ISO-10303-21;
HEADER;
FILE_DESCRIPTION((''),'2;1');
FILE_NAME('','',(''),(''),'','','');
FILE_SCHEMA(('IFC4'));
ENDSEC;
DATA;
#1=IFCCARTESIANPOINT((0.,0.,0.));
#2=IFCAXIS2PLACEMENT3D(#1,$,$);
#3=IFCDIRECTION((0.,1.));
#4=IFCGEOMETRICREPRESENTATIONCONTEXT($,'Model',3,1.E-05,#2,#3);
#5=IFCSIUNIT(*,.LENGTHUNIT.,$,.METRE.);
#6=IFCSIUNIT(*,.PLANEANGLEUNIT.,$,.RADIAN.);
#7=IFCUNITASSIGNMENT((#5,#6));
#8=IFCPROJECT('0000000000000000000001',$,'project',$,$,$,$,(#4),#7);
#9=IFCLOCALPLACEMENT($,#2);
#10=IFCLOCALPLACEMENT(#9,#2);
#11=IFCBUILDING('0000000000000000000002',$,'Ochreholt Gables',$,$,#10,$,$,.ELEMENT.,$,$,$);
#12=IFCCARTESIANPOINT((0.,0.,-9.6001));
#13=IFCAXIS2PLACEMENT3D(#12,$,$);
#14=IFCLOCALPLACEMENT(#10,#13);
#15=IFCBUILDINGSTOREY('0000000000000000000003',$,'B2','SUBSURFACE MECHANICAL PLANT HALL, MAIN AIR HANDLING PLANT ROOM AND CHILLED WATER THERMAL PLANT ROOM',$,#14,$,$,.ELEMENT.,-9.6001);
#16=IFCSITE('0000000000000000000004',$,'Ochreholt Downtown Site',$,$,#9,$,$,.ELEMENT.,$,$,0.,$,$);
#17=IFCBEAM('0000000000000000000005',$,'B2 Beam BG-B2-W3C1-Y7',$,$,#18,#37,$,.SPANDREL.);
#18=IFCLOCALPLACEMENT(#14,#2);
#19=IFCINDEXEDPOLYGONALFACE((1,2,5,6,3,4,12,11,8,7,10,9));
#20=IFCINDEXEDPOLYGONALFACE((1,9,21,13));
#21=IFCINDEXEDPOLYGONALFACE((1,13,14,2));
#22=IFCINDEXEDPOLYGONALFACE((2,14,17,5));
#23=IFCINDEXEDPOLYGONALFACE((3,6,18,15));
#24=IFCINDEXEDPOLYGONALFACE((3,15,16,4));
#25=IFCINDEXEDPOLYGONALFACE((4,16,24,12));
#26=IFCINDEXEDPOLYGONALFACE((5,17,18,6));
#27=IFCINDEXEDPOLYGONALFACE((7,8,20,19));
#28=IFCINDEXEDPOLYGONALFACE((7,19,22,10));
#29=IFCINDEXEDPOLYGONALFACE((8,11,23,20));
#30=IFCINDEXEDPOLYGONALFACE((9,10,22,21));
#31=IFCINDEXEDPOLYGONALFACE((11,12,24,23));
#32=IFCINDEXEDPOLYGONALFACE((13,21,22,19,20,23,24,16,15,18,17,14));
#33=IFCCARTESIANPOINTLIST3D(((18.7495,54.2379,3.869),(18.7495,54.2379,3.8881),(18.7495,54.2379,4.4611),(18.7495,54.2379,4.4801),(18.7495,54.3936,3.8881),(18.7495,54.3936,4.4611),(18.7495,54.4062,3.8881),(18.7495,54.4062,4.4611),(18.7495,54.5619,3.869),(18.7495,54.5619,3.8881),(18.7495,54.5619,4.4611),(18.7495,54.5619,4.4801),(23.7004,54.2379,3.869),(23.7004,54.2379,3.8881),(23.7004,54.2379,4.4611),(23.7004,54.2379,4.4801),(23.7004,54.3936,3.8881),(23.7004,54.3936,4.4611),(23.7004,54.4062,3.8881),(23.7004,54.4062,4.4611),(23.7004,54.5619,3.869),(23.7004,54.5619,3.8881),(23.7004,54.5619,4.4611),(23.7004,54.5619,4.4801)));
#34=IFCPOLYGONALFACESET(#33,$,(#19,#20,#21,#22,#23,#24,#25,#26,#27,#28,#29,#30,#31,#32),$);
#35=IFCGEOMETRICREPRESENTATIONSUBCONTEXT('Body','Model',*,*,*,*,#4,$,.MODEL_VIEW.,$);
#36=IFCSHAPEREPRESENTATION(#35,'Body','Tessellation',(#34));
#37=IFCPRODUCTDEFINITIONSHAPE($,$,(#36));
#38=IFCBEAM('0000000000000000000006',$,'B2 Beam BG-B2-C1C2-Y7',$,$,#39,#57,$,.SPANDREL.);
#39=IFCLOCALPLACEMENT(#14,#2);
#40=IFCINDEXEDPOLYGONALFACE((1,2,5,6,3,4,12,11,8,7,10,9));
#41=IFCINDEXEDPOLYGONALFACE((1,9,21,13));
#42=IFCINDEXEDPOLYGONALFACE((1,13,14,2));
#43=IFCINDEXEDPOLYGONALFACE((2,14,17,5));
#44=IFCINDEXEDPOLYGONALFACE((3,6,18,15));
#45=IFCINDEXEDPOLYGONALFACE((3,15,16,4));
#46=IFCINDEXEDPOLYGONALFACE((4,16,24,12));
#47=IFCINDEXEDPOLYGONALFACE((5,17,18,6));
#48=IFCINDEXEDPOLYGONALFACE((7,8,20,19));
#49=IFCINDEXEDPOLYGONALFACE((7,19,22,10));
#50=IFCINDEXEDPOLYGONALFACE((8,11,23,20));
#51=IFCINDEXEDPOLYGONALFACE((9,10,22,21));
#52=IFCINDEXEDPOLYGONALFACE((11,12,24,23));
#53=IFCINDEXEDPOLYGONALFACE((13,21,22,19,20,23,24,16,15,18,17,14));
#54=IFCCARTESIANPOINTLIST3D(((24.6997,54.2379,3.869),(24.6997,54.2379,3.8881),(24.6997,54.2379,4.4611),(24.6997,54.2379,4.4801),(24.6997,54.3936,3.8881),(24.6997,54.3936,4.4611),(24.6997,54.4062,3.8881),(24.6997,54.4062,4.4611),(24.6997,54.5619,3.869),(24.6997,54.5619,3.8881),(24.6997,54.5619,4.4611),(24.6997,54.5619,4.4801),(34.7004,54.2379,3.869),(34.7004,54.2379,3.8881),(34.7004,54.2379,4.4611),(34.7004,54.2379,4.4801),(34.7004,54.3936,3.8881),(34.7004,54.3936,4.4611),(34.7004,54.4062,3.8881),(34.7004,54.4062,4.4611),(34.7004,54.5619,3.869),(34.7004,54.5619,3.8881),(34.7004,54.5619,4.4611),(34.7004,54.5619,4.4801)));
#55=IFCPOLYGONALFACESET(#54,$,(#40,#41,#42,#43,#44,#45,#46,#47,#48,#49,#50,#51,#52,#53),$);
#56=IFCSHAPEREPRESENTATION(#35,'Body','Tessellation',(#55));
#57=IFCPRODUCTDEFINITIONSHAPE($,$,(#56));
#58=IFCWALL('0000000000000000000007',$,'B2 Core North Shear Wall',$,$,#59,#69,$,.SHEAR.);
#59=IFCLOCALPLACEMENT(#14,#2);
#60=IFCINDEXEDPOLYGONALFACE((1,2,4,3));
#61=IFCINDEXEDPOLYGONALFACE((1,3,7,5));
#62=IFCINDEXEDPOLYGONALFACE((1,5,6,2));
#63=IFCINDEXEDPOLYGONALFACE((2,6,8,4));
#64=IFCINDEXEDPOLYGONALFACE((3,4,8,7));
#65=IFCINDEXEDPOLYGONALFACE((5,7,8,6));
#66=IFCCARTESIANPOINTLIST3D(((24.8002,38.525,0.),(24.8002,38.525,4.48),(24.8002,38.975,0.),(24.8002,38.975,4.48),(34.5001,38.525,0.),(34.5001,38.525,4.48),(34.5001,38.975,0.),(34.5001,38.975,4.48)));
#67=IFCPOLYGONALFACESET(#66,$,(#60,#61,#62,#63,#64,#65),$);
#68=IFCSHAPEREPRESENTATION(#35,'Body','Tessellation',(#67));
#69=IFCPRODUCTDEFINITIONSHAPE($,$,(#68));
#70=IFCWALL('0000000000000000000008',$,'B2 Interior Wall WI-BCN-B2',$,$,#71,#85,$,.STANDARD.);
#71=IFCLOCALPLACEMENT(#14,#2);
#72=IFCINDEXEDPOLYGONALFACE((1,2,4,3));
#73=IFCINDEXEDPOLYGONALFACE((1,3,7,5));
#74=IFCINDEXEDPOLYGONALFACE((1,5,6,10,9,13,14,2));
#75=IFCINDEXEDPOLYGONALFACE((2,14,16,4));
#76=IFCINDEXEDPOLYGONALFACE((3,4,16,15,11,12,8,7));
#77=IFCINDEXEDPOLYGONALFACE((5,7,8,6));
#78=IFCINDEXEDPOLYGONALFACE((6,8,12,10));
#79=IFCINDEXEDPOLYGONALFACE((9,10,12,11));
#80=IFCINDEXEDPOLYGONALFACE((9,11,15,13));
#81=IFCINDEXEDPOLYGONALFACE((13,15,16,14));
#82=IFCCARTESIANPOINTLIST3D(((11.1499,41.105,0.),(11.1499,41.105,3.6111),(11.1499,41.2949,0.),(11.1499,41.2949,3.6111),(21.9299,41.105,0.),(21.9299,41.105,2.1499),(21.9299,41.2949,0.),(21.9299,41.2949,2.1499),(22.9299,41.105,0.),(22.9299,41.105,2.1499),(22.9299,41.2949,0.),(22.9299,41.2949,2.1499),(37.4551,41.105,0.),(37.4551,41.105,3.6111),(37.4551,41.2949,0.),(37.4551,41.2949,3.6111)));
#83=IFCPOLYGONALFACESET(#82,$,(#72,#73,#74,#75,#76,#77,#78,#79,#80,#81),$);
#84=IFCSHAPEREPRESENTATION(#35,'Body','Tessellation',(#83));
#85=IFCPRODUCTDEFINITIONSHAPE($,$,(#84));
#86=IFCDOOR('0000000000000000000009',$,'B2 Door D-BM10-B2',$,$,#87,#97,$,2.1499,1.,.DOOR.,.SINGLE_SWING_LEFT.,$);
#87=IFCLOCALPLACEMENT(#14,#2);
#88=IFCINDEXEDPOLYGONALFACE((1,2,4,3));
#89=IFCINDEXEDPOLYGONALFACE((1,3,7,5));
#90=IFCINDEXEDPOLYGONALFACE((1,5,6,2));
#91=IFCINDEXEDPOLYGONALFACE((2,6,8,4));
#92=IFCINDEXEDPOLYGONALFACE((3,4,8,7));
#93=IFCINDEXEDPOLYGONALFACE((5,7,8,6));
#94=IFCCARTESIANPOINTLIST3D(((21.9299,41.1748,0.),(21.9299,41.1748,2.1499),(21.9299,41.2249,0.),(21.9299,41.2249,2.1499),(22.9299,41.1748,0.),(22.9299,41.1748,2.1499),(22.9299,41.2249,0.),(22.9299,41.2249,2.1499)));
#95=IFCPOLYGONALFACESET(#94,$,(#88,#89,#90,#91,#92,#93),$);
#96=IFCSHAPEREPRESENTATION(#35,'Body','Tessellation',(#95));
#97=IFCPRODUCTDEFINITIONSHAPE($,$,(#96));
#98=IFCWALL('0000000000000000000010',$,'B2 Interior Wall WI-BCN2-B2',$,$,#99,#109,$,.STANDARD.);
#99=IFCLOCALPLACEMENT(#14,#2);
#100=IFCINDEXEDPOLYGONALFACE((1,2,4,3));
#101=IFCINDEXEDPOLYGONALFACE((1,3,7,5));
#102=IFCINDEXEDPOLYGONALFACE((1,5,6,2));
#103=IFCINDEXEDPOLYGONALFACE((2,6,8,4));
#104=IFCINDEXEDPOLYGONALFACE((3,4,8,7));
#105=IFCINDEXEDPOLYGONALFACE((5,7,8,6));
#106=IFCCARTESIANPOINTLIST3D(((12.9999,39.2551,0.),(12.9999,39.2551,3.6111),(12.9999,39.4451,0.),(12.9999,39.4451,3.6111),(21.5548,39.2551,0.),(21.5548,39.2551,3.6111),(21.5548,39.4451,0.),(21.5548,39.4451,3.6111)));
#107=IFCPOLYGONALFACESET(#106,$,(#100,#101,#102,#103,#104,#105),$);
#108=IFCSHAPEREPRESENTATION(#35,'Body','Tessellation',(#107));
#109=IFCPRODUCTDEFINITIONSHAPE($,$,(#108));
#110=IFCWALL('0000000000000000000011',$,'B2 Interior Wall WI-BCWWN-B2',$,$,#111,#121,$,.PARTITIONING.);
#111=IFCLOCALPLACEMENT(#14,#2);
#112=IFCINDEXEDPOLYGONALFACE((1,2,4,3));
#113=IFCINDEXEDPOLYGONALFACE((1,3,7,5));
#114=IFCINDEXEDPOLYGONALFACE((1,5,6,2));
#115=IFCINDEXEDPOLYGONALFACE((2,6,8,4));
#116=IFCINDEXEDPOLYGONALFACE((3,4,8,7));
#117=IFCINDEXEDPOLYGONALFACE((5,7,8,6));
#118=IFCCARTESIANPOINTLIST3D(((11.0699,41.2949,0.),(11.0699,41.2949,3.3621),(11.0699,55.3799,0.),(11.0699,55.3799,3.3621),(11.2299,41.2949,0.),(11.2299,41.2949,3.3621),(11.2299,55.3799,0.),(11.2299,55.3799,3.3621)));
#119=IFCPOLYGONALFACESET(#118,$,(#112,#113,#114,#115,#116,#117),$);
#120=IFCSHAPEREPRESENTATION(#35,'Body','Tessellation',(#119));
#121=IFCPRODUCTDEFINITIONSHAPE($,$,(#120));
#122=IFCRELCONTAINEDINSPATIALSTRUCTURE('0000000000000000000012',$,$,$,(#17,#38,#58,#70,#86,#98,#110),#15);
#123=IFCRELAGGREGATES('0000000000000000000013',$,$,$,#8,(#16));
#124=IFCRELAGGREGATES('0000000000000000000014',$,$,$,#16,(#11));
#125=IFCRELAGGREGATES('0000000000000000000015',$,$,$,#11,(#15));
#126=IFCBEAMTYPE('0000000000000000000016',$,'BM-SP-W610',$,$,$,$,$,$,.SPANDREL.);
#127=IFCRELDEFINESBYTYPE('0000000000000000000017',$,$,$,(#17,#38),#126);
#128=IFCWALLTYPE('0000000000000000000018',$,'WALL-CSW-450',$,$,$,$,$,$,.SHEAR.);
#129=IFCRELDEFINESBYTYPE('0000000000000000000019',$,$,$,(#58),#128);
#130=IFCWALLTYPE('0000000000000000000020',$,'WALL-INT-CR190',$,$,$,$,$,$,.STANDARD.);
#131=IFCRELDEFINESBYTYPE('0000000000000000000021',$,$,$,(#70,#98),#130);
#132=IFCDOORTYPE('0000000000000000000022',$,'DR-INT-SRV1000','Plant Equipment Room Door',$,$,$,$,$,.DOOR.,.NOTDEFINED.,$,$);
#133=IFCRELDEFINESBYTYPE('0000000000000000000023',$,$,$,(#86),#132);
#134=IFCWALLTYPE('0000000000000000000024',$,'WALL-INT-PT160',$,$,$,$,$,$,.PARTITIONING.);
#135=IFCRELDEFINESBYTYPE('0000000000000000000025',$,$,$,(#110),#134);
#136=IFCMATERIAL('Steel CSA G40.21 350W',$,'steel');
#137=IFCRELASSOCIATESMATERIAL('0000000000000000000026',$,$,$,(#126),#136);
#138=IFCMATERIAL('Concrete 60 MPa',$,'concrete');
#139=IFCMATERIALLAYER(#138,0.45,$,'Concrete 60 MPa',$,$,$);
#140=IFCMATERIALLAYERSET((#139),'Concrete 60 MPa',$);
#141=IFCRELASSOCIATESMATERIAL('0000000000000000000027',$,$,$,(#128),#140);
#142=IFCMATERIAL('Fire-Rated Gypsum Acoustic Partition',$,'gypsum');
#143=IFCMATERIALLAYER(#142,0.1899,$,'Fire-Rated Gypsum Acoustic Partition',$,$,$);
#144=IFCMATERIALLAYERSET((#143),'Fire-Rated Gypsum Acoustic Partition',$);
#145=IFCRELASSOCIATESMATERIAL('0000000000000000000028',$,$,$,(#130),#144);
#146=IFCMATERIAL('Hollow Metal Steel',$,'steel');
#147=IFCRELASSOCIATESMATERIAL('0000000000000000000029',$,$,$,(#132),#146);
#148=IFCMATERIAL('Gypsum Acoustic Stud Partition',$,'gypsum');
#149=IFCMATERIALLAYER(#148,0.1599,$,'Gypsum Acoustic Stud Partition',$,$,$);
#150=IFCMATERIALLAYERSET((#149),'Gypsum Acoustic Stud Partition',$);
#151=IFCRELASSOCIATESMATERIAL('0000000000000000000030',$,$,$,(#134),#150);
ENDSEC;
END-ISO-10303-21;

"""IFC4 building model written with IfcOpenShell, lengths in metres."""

from ifc_helpers import new_model, si_unit, direction, frame, frame_2d, origin, origin_2d, place, context, subcontext, project, spatial, rectangle, i_section, extrude, material, layer, layer_set, material_profile, profile_set, type_object, element, fill, save


model = new_model("IFC4")

# Units and contexts
model_context = context("Model", 3, precision=1e-05, world=origin(), true_north=direction((0.0, 1.0)))
body_context = subcontext(model_context, "Body", "Model", "MODEL_VIEW")
ifc_project = project(units=[si_unit("LENGTHUNIT", "METRE"), si_unit("PLANEANGLEUNIT", "RADIAN")], contexts=[model_context])

# Site, building, storey
site_placement = place(None, origin())
site = spatial("IfcSite", under=ifc_project, at=site_placement, Name="Ochreholt Downtown Site", CompositionType="ELEMENT", RefElevation=0.0)
building_placement = place(site_placement, origin())
building = spatial("IfcBuilding", under=site, at=building_placement, Name="Ochreholt Gables", CompositionType="ELEMENT")
storey_placement = place(building_placement, frame((0.0, 0.0, -9.6001)))
storey = spatial("IfcBuildingStorey", under=building, at=storey_placement, Name="B2", Description="SUBSURFACE MECHANICAL PLANT HALL, MAIN AIR HANDLING PLANT ROOM AND CHILLED WATER THERMAL PLANT ROOM", CompositionType="ELEMENT", Elevation=-9.6001)

# Shared definitions
ifc_material_1 = material(Name="Concrete 60 MPa", Category="concrete")
ifc_material_2 = material(Name="Steel CSA G40.21 350W", Category="steel")

# Beams
ifc_material_profile_1 = material_profile(ifc_material_2, i_section(OverallWidth=0.324, OverallDepth=0.6111, WebThickness=0.0127, FlangeThickness=0.019, at=origin_2d()), Name="W610X155")
ifc_profile_set_1 = profile_set([ifc_material_profile_1], Name="Steel CSA G40.21 350W")
beam_type_1 = type_object("IfcBeamType", Name="BM-SP-W610", PredefinedType="SPANDREL", material=ifc_profile_set_1)
beam_1_placement = place(storey_placement, frame((18.7495, 54.3999, 4.1746), z_axis=(1.0, 0.0, 0.0), x_axis=(0.0, 1.0, 0.0)))
element("IfcBeam", 1, at=beam_1_placement, inside=storey, type_object=beam_type_1, Name="B2 Beam BG-B2-W3C1-Y7", PredefinedType="SPANDREL", context=body_context, shape_type="SweptSolid", body=[
    extrude(i_section(OverallWidth=0.324, OverallDepth=0.6111, WebThickness=0.0127, FlangeThickness=0.019, at=origin_2d()), origin(), (0.0, 0.0, 1.0), 4.9509),
])
beam_2_placement = place(storey_placement, frame((24.6997, 54.3999, 4.1746), z_axis=(1.0, 0.0, 0.0), x_axis=(0.0, 1.0, 0.0)))
element("IfcBeam", 2, at=beam_2_placement, inside=storey, type_object=beam_type_1, Name="B2 Beam BG-B2-C1C2-Y7", PredefinedType="SPANDREL", context=body_context, shape_type="SweptSolid", body=[
    extrude(i_section(OverallWidth=0.324, OverallDepth=0.6111, WebThickness=0.0127, FlangeThickness=0.019, at=origin_2d()), origin(), (0.0, 0.0, 1.0), 10.0007),
])

# Wall
ifc_layer_1 = layer(ifc_material_1, 0.45, Name="Concrete 60 MPa")
ifc_layer_set_1 = layer_set([ifc_layer_1], Name="Concrete 60 MPa")
wall_type_1 = type_object("IfcWallType", Name="WALL-CSW-450", PredefinedType="SHEAR", material=ifc_layer_set_1)
wall_1_placement = place(storey_placement, frame((24.8, 38.75, 0.0), z_axis=(0.0, 0.0, 1.0), x_axis=(1.0, 0.0, 0.0)))
element("IfcWall", 3, at=wall_1_placement, inside=storey, type_object=wall_type_1, Name="B2 Core North Shear Wall", PredefinedType="SHEAR", context=body_context, shape_type="SweptSolid", body=[
    extrude(rectangle(XDim=9.7, YDim=0.45, at=frame_2d((4.8501, 0.0))), origin(), (0.0, 0.0, 1.0), 4.48),
])

# Wall, opening, door
ifc_material_3 = material(Name="Fire-Rated Gypsum Acoustic Partition", Category="gypsum")
ifc_layer_2 = layer(ifc_material_3, 0.1899, Name="Fire-Rated Gypsum Acoustic Partition")
ifc_layer_set_2 = layer_set([ifc_layer_2], Name="Fire-Rated Gypsum Acoustic Partition")
wall_type_2 = type_object("IfcWallType", Name="WALL-INT-CR190", PredefinedType="STANDARD", material=ifc_layer_set_2)
wall_2_placement = place(storey_placement, frame((11.1499, 41.2, 0.0), z_axis=(0.0, 0.0, 1.0), x_axis=(1.0, 0.0, 0.0)))
wall_2 = element("IfcWall", 4, at=wall_2_placement, inside=storey, type_object=wall_type_2, Name="B2 Interior Wall WI-BCN-B2", PredefinedType="STANDARD", context=body_context, shape_type="SweptSolid", body=[
    extrude(rectangle(XDim=26.3052, YDim=0.1899, at=frame_2d((13.1526, 0.0))), origin(), (0.0, 0.0, 1.0), 3.6111),
])
opening_placement = place(wall_2_placement, frame((10.78, 0.0, 0.0)))
opening = element("IfcOpeningElement", 5, at=opening_placement, cuts=wall_2, PredefinedType="OPENING", context=body_context, shape_type="SweptSolid", body=[
    extrude(rectangle(XDim=1.0, YDim=2.1499, at=frame_2d((0.5, 1.075))), frame((0.0, 0.105, 0.0), z_axis=(0.0, -1.0, 0.0), x_axis=(1.0, 0.0, 0.0)), (0.0, 0.0, 1.0), 0.21),
])
ifc_material_4 = material(Name="Hollow Metal Steel", Category="steel")
door_type = type_object("IfcDoorType", Name="DR-INT-SRV1000", Description="Plant Equipment Room Door", OperationType="NOTDEFINED", PredefinedType="DOOR", material=ifc_material_4)
door_placement = place(opening_placement, origin())
door = element("IfcDoor", 6, at=door_placement, inside=storey, type_object=door_type, Name="B2 Door D-BM10-B2", OperationType="SINGLE_SWING_LEFT", OverallHeight=2.1499, OverallWidth=1.0, PredefinedType="DOOR", context=body_context, shape_type="SweptSolid", body=[
    extrude(rectangle(XDim=1.0, YDim=2.1499, at=frame_2d((0.5, 1.075))), frame((0.0, 0.0249, 0.0), z_axis=(0.0, -1.0, 0.0), x_axis=(1.0, 0.0, 0.0)), (0.0, 0.0, 1.0), 0.05),
])
fill(opening, door)

# Walls
wall_3_placement = place(storey_placement, frame((13.0, 39.3501, 0.0), z_axis=(0.0, 0.0, 1.0), x_axis=(1.0, 0.0, 0.0)))
element("IfcWall", 7, at=wall_3_placement, inside=storey, type_object=wall_type_2, Name="B2 Interior Wall WI-BCN2-B2", PredefinedType="STANDARD", context=body_context, shape_type="SweptSolid", body=[
    extrude(rectangle(XDim=8.5549, YDim=0.1899, at=frame_2d((4.2773, 0.0))), origin(), (0.0, 0.0, 1.0), 3.6111),
])
ifc_material_5 = material(Name="Gypsum Acoustic Stud Partition", Category="gypsum")
ifc_layer_3 = layer(ifc_material_5, 0.1599, Name="Gypsum Acoustic Stud Partition")
ifc_layer_set_3 = layer_set([ifc_layer_3], Name="Gypsum Acoustic Stud Partition")
wall_type_3 = type_object("IfcWallType", Name="WALL-INT-PT160", PredefinedType="PARTITIONING", material=ifc_layer_set_3)
wall_4_placement = place(storey_placement, frame((11.1499, 41.2949, 0.0), z_axis=(0.0, 0.0, 1.0), x_axis=(0.0, 1.0, 0.0)))
element("IfcWall", 8, at=wall_4_placement, inside=storey, type_object=wall_type_3, Name="B2 Interior Wall WI-BCWWN-B2", PredefinedType="PARTITIONING", context=body_context, shape_type="SweptSolid", body=[
    extrude(rectangle(XDim=14.085, YDim=0.1599, at=frame_2d((7.0425, 0.0))), origin(), (0.0, 0.0, 1.0), 3.3621),
])

save(model, "model.ifc")
